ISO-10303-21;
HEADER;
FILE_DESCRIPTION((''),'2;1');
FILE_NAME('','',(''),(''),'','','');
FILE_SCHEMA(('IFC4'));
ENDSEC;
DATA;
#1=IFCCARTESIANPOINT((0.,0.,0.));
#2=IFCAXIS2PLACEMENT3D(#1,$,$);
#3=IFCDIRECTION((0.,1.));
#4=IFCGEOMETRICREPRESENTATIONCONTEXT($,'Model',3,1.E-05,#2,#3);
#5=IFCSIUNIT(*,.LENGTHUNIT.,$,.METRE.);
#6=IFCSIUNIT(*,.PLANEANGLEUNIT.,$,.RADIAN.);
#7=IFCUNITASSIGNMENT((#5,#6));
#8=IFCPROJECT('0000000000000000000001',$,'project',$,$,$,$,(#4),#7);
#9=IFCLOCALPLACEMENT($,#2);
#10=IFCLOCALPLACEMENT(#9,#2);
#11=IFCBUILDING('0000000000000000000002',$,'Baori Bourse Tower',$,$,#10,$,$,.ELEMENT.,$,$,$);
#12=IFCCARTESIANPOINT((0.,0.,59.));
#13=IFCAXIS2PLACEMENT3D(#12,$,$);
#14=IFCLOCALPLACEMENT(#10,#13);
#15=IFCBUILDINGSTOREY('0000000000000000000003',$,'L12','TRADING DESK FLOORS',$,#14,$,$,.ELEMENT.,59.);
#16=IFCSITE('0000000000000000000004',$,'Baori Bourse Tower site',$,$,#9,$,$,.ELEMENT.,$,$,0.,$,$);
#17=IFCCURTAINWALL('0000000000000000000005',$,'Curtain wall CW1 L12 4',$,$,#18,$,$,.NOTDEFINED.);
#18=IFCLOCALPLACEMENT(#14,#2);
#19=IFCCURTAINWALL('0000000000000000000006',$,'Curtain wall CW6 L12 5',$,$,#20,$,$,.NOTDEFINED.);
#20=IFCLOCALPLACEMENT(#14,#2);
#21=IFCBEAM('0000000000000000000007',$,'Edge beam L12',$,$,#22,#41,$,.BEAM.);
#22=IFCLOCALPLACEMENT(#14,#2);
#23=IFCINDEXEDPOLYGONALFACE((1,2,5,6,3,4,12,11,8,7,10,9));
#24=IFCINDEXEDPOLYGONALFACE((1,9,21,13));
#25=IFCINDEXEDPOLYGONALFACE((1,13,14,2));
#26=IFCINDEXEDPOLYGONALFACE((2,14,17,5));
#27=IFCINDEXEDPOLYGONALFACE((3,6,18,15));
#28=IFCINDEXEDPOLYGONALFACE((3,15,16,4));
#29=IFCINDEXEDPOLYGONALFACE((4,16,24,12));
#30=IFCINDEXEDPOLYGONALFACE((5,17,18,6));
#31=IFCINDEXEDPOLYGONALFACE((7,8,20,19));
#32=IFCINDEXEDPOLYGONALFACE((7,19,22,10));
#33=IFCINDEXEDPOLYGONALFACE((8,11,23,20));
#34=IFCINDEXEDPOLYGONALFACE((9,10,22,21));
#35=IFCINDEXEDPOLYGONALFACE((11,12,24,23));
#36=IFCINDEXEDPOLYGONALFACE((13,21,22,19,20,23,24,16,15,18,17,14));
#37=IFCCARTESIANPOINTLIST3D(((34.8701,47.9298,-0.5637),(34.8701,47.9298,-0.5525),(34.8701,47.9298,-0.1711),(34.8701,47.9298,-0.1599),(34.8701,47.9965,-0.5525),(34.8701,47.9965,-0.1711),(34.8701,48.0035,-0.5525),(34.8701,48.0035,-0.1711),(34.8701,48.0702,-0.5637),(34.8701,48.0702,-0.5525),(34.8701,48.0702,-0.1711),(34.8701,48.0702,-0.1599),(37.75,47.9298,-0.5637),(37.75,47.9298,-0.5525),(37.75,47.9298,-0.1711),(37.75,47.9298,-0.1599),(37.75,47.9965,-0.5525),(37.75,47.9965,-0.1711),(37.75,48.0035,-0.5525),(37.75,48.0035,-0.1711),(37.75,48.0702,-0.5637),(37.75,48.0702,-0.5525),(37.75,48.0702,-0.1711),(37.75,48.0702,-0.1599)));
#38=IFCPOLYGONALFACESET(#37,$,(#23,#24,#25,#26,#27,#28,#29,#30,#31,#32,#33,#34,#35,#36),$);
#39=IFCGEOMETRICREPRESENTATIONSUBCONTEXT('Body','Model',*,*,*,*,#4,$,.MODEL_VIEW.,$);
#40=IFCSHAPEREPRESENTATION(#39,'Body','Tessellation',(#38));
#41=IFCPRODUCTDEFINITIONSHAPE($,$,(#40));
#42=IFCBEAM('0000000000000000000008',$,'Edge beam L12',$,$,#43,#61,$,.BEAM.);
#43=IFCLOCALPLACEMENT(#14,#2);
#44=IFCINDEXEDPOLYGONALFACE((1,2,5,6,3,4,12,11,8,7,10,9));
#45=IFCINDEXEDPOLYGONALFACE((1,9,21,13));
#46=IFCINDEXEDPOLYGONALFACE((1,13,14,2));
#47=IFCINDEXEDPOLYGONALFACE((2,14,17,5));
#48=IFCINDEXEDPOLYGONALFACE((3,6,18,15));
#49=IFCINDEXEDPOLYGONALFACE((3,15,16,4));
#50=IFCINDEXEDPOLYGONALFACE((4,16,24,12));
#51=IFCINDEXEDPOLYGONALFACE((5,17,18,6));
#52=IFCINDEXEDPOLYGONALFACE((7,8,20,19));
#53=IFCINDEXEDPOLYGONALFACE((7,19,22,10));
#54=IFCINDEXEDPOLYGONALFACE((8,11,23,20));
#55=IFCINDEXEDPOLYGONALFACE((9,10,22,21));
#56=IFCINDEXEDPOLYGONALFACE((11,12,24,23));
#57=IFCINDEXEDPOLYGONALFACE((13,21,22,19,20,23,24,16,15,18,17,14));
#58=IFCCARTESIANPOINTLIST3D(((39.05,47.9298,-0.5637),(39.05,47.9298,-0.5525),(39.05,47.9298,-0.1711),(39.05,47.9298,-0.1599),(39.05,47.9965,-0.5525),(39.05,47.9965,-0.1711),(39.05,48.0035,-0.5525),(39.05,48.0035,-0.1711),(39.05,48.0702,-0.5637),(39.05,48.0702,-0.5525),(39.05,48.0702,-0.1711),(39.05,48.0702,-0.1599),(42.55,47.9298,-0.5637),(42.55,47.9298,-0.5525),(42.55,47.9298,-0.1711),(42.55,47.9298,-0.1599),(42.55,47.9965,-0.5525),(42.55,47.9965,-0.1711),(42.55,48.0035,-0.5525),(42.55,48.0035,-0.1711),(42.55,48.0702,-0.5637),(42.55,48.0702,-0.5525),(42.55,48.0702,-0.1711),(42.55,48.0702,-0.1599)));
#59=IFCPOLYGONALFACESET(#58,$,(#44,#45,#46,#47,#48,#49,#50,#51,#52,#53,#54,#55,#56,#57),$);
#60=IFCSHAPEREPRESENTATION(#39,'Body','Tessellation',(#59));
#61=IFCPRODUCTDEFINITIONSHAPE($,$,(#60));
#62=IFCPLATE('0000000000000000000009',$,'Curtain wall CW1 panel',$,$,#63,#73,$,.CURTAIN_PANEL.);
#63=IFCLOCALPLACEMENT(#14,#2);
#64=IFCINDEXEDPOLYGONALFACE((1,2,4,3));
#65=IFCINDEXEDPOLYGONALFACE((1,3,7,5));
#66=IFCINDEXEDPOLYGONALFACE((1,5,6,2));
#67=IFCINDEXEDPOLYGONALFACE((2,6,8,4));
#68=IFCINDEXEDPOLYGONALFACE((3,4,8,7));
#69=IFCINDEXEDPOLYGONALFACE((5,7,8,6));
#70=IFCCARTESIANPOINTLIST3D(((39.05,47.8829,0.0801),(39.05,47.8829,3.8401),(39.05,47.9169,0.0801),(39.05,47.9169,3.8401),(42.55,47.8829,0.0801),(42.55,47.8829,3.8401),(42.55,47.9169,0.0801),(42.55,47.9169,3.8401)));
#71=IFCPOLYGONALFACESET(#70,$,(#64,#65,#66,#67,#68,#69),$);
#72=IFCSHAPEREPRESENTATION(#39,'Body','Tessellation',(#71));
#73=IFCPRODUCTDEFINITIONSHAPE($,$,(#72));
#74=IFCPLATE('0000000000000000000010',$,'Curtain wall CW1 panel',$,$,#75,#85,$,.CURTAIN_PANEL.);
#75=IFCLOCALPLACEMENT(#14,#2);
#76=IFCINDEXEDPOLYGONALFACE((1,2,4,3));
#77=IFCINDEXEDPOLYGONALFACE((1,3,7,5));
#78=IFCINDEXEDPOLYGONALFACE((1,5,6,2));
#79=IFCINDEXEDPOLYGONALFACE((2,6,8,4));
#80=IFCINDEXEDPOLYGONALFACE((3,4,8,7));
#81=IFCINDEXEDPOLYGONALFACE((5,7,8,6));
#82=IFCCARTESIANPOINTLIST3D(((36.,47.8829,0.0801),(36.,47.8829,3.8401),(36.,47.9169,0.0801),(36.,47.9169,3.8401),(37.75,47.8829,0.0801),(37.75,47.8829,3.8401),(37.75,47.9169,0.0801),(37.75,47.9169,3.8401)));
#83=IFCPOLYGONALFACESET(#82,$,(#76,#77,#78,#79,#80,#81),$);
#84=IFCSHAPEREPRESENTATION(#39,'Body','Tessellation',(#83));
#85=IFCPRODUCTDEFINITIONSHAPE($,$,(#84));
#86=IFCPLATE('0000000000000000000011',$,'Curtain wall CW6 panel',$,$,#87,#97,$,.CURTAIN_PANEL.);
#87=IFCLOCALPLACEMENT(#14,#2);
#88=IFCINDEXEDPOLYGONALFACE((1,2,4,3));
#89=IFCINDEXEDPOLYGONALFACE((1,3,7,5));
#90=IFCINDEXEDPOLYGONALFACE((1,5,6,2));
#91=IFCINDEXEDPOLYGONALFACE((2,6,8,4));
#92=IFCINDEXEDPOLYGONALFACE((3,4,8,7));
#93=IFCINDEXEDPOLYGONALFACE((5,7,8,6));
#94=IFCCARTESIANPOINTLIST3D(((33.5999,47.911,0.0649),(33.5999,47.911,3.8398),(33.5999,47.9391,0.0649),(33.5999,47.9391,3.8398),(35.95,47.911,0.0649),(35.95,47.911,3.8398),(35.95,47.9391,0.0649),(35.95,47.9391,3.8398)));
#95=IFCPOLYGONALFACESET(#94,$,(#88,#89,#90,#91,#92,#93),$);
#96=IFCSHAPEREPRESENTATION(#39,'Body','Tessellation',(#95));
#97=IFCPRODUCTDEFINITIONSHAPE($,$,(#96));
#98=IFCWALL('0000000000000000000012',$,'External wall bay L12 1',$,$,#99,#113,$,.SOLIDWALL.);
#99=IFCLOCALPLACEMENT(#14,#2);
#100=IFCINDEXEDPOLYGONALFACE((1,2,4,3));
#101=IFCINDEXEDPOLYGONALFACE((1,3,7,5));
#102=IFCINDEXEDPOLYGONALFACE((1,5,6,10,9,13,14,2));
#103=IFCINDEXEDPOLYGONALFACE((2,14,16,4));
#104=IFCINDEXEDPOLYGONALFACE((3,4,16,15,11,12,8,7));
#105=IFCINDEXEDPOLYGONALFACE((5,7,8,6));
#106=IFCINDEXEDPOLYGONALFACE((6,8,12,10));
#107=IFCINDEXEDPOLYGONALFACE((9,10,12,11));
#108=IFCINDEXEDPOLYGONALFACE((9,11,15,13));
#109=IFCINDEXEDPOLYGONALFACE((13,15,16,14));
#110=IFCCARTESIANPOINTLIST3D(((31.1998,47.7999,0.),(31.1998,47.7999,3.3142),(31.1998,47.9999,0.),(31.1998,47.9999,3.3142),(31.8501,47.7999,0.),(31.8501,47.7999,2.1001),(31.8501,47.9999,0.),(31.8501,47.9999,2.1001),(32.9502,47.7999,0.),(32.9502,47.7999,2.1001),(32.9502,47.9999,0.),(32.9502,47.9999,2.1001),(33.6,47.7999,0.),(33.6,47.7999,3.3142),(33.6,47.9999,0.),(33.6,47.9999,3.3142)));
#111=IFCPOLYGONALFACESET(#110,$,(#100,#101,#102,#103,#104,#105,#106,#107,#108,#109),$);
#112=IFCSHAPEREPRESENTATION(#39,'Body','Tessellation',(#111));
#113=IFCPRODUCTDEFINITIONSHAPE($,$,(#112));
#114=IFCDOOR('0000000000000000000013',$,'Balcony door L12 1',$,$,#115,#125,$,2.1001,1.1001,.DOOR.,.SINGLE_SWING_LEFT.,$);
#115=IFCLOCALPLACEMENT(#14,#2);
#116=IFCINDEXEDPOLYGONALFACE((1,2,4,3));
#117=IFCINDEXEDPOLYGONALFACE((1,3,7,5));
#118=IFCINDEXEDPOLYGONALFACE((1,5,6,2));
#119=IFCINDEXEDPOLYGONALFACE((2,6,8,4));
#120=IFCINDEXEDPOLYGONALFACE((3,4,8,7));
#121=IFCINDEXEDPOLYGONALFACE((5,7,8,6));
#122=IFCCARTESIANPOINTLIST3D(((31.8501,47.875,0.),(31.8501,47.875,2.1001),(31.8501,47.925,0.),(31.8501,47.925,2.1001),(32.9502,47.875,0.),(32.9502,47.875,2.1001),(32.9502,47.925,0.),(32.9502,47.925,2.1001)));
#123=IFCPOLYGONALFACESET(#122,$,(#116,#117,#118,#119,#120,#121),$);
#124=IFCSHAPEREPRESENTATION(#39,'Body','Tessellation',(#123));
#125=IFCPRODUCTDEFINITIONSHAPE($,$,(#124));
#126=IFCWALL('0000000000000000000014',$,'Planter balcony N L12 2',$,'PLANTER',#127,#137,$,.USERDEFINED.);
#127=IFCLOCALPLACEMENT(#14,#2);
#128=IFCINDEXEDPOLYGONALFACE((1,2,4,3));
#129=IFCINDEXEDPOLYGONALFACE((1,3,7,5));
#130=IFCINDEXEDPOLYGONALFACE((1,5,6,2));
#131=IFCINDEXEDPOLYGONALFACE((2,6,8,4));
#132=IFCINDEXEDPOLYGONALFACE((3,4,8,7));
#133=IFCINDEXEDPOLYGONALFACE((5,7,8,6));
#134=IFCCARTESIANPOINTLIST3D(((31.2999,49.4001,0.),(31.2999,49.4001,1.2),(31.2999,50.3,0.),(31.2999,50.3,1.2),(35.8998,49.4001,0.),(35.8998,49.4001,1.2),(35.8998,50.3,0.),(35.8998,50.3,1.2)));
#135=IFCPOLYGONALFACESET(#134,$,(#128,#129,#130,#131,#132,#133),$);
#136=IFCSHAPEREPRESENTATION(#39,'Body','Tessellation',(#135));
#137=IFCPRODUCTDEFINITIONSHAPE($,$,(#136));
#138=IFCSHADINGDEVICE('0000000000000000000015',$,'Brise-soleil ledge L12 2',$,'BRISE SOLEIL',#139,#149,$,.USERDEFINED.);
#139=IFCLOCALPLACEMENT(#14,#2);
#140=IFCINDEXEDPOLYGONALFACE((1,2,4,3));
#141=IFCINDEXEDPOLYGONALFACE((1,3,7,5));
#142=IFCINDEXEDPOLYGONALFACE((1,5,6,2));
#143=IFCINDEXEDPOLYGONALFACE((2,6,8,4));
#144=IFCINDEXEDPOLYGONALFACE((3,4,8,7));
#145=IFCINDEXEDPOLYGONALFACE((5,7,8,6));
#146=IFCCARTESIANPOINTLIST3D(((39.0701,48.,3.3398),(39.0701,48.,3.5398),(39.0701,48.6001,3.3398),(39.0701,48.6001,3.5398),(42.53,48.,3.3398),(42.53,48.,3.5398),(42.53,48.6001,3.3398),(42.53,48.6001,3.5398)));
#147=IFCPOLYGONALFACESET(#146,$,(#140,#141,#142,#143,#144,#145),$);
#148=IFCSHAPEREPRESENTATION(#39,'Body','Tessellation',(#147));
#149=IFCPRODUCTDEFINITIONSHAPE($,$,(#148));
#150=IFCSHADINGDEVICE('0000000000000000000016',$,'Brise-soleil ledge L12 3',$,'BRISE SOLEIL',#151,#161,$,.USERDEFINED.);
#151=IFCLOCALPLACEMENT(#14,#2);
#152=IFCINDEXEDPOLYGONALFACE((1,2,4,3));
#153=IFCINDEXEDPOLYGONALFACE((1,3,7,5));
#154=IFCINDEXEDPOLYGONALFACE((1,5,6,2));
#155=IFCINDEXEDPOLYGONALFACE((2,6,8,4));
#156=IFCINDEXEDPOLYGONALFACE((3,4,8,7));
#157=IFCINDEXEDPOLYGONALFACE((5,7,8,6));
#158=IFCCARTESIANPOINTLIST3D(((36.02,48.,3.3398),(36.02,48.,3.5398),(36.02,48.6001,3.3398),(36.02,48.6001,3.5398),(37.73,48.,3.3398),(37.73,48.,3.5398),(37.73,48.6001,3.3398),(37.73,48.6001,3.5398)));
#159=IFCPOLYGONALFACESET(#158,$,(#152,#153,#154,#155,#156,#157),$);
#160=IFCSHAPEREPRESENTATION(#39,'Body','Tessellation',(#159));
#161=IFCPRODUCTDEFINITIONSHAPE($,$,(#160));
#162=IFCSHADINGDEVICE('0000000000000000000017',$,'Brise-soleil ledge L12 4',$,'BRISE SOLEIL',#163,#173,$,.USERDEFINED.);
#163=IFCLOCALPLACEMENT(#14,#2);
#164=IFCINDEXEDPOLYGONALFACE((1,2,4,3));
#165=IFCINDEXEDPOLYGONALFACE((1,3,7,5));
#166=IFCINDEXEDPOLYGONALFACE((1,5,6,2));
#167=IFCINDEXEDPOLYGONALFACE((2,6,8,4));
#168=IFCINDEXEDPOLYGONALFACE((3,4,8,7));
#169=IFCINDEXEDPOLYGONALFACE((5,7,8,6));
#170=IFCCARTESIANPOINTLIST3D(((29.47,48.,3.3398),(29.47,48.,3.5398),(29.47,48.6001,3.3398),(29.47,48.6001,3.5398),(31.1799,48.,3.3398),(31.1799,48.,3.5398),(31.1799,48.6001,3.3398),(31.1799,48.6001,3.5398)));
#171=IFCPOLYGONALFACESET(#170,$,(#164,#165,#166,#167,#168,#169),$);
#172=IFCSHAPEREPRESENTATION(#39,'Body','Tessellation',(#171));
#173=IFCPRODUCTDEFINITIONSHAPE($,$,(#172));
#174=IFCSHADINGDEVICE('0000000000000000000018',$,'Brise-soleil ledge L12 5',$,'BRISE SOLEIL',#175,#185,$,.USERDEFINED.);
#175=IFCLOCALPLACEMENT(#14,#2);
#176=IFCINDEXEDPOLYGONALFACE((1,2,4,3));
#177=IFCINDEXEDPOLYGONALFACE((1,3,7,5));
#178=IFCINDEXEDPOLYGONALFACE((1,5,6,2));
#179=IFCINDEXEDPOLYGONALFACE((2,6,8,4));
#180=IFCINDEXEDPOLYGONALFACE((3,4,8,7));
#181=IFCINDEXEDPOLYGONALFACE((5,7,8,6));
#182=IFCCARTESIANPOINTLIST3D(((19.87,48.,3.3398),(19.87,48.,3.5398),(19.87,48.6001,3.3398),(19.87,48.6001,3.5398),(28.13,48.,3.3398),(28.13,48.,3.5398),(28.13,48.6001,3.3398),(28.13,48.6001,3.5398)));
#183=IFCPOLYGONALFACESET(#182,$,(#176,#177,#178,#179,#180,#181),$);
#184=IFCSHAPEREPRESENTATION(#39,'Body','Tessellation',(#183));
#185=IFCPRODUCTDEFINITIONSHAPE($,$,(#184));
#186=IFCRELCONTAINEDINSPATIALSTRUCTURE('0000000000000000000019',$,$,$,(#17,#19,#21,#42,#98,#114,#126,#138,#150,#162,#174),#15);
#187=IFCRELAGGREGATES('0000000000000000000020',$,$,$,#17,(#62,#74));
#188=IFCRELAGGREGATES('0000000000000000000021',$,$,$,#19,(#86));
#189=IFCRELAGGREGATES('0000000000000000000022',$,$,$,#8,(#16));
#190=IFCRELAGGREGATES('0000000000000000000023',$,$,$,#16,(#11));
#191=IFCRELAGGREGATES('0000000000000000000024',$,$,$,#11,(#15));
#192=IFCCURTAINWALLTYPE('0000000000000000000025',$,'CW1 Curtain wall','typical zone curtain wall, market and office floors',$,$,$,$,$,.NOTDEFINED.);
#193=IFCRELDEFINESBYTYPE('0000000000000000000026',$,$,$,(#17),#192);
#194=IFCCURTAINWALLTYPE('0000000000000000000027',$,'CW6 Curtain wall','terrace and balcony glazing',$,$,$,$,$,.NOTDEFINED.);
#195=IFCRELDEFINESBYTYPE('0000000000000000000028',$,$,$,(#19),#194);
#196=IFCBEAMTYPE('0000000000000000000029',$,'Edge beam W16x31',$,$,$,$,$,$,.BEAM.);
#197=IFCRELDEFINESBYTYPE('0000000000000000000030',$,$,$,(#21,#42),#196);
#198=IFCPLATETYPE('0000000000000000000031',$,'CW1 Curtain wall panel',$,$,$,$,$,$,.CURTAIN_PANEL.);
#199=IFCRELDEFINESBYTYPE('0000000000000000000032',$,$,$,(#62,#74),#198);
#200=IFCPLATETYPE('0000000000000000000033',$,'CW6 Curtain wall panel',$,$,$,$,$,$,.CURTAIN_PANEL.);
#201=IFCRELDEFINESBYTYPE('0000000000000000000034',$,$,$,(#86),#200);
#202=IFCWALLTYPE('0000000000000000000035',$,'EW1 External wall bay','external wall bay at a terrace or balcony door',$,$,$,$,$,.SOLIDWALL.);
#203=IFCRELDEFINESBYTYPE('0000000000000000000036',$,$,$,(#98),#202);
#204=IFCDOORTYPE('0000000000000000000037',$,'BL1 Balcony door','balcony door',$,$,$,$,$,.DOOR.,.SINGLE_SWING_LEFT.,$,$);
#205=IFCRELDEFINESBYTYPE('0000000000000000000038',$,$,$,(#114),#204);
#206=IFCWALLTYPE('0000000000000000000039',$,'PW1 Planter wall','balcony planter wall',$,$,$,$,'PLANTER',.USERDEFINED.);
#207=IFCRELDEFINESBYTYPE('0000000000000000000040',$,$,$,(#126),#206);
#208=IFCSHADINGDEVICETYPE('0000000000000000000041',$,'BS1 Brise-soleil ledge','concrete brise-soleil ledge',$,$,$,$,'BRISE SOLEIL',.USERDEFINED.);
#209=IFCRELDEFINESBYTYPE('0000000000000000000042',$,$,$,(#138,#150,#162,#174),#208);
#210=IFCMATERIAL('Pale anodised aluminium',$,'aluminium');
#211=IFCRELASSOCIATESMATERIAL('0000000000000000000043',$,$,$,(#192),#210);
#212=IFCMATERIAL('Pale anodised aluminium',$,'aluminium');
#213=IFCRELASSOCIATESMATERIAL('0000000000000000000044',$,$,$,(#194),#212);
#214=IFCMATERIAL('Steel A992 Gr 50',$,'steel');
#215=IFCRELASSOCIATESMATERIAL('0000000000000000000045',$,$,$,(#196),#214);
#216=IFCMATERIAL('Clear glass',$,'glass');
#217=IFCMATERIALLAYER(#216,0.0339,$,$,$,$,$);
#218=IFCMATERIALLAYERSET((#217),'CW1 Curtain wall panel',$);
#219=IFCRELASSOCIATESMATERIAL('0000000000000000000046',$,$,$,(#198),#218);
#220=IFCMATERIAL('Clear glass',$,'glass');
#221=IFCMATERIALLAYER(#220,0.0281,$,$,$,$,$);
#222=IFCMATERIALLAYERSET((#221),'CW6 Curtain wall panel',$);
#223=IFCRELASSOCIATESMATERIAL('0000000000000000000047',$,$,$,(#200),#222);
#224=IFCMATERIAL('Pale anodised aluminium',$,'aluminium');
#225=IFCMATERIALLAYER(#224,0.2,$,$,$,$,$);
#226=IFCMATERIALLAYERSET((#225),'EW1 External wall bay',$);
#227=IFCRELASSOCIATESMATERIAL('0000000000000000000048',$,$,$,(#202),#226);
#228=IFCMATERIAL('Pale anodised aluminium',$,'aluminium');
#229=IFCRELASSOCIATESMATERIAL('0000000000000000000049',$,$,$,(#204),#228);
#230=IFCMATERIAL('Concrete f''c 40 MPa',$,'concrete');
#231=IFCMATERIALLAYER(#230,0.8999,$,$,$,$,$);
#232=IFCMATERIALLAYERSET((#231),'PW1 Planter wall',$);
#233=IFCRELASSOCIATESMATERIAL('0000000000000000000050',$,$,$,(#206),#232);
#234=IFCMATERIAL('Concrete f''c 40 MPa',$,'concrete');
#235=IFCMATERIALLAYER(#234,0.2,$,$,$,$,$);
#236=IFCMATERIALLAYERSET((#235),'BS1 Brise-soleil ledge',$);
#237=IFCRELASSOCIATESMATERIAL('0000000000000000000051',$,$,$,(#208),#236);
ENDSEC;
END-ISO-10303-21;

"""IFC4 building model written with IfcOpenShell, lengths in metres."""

from ifc_helpers import new_model, si_unit, direction, frame, frame_2d, origin, origin_2d, place, context, subcontext, project, spatial, rectangle, i_section, extrude, material, layer, layer_set, material_profile, profile_set, type_object, element, fill, aggregate, save


model = new_model("IFC4")

# Units and contexts
model_context = context("Model", 3, precision=1e-05, world=origin(), true_north=direction((0.0, 1.0)))
body_context = subcontext(model_context, "Body", "Model", "MODEL_VIEW")
ifc_project = project(units=[si_unit("LENGTHUNIT", "METRE"), si_unit("PLANEANGLEUNIT", "RADIAN")], contexts=[model_context])

# Site, building, storey
site_placement = place(None, origin())
site = spatial("IfcSite", under=ifc_project, at=site_placement, Name="Baori Bourse Tower site", CompositionType="ELEMENT", RefElevation=0.0)
building_placement = place(site_placement, origin())
building = spatial("IfcBuilding", under=site, at=building_placement, Name="Baori Bourse Tower", CompositionType="ELEMENT")
storey_placement = place(building_placement, frame((0.0, 0.0, 59.0)))
storey = spatial("IfcBuildingStorey", under=building, at=storey_placement, Name="L12", Description="TRADING DESK FLOORS", CompositionType="ELEMENT", Elevation=59.0)

# Curtain wall
ifc_material_1 = material(Name="Pale anodised aluminium", Category="aluminium")
curtain_wall_type_1 = type_object("IfcCurtainWallType", Name="CW1 Curtain wall", Description="typical zone curtain wall, market and office floors", PredefinedType="NOTDEFINED", material=ifc_material_1)
curtain_wall_1_placement = place(storey_placement, origin())
curtain_wall_1 = element("IfcCurtainWall", 1, at=curtain_wall_1_placement, inside=storey, type_object=curtain_wall_type_1, Name="Curtain wall CW1 L12 4", PredefinedType="NOTDEFINED")

# Curtain wall
ifc_material_2 = material(Name="Pale anodised aluminium", Category="aluminium")
curtain_wall_type_2 = type_object("IfcCurtainWallType", Name="CW6 Curtain wall", Description="terrace and balcony glazing", PredefinedType="NOTDEFINED", material=ifc_material_2)
curtain_wall_2_placement = place(storey_placement, origin())
curtain_wall_2 = element("IfcCurtainWall", 2, at=curtain_wall_2_placement, inside=storey, type_object=curtain_wall_type_2, Name="Curtain wall CW6 L12 5", PredefinedType="NOTDEFINED")

# Beams
ifc_material_3 = material(Name="Steel A992 Gr 50", Category="steel")
ifc_material_profile_1 = material_profile(ifc_material_3, i_section(OverallWidth=0.1404, OverallDepth=0.4038, WebThickness=0.0071, FlangeThickness=0.0112, at=origin_2d()), Name="W16x31")
ifc_profile_set_1 = profile_set([ifc_material_profile_1], Name="Steel A992 Gr 50")
beam_type_1 = type_object("IfcBeamType", Name="Edge beam W16x31", PredefinedType="BEAM", material=ifc_profile_set_1)
beam_1_placement = place(storey_placement, frame((34.8701, 48.0, -0.3618), z_axis=(1.0, 0.0, 0.0), x_axis=(0.0, 1.0, 0.0)))
element("IfcBeam", 3, at=beam_1_placement, inside=storey, type_object=beam_type_1, Name="Edge beam L12", PredefinedType="BEAM", context=body_context, shape_type="SweptSolid", body=[
    extrude(i_section(OverallWidth=0.1404, OverallDepth=0.4038, WebThickness=0.0071, FlangeThickness=0.0112, at=origin_2d()), origin(), (0.0, 0.0, 1.0), 2.8799),
])
beam_2_placement = place(storey_placement, frame((39.05, 48.0, -0.3618), z_axis=(1.0, 0.0, 0.0), x_axis=(0.0, 1.0, 0.0)))
element("IfcBeam", 4, at=beam_2_placement, inside=storey, type_object=beam_type_1, Name="Edge beam L12", PredefinedType="BEAM", context=body_context, shape_type="SweptSolid", body=[
    extrude(i_section(OverallWidth=0.1404, OverallDepth=0.4038, WebThickness=0.0071, FlangeThickness=0.0112, at=origin_2d()), origin(), (0.0, 0.0, 1.0), 3.5),
])

# Plates
ifc_material_4 = material(Name="Clear glass", Category="glass")
ifc_layer_1 = layer(ifc_material_4, 0.0339)
ifc_layer_set_1 = layer_set([ifc_layer_1], Name="CW1 Curtain wall panel")
plate_type_1 = type_object("IfcPlateType", Name="CW1 Curtain wall panel", PredefinedType="CURTAIN_PANEL", material=ifc_layer_set_1)
plate_1_placement = place(storey_placement, frame((40.8, 47.8999, 0.0801), z_axis=(0.0, 0.0, 1.0), x_axis=(-1.0, 0.0, 0.0)))
plate_1 = element("IfcPlate", 5, at=plate_1_placement, type_object=plate_type_1, Name="Curtain wall CW1 panel", PredefinedType="CURTAIN_PANEL", context=body_context, shape_type="SweptSolid", body=[
    extrude(rectangle(XDim=3.5, YDim=0.0339, at=origin_2d()), origin(), (0.0, 0.0, 1.0), 3.76),
])
plate_2_placement = place(storey_placement, frame((36.875, 47.8999, 0.0801), z_axis=(0.0, 0.0, 1.0), x_axis=(-1.0, 0.0, 0.0)))
plate_2 = element("IfcPlate", 6, at=plate_2_placement, type_object=plate_type_1, Name="Curtain wall CW1 panel", PredefinedType="CURTAIN_PANEL", context=body_context, shape_type="SweptSolid", body=[
    extrude(rectangle(XDim=1.75, YDim=0.0339, at=origin_2d()), origin(), (0.0, 0.0, 1.0), 3.76),
])
aggregate(curtain_wall_1, [plate_1, plate_2])
ifc_material_5 = material(Name="Clear glass", Category="glass")
ifc_layer_2 = layer(ifc_material_5, 0.0281)
ifc_layer_set_2 = layer_set([ifc_layer_2], Name="CW6 Curtain wall panel")
plate_type_2 = type_object("IfcPlateType", Name="CW6 Curtain wall panel", PredefinedType="CURTAIN_PANEL", material=ifc_layer_set_2)
plate_3_placement = place(storey_placement, frame((34.7749, 47.925, 0.0649), z_axis=(0.0, 0.0, 1.0), x_axis=(-1.0, 0.0, 0.0)))
plate_3 = element("IfcPlate", 7, at=plate_3_placement, type_object=plate_type_2, Name="Curtain wall CW6 panel", PredefinedType="CURTAIN_PANEL", context=body_context, shape_type="SweptSolid", body=[
    extrude(rectangle(XDim=2.3501, YDim=0.0281, at=origin_2d()), origin(), (0.0, 0.0, 1.0), 3.7749),
])
aggregate(curtain_wall_2, [plate_3])

# Wall, opening, door
ifc_material_6 = material(Name="Pale anodised aluminium", Category="aluminium")
ifc_layer_3 = layer(ifc_material_6, 0.2)
ifc_layer_set_3 = layer_set([ifc_layer_3], Name="EW1 External wall bay")
wall_type_1 = type_object("IfcWallType", Name="EW1 External wall bay", Description="external wall bay at a terrace or balcony door", PredefinedType="SOLIDWALL", material=ifc_layer_set_3)
wall_1_placement = place(storey_placement, frame((33.6001, 47.8999, 0.0), z_axis=(0.0, 0.0, 1.0), x_axis=(-1.0, 0.0, 0.0)))
wall_1 = element("IfcWall", 8, at=wall_1_placement, inside=storey, type_object=wall_type_1, Name="External wall bay L12 1", PredefinedType="SOLIDWALL", context=body_context, shape_type="SweptSolid", body=[
    extrude(rectangle(XDim=2.4001, YDim=0.2, at=frame_2d((1.2002, 0.0))), origin(), (0.0, 0.0, 1.0), 3.3142),
])
opening_placement = place(wall_1_placement, frame((0.6499, 0.0, 0.0)))
opening = element("IfcOpeningElement", 9, at=opening_placement, cuts=wall_1, PredefinedType="OPENING", context=body_context, shape_type="SweptSolid", body=[
    extrude(rectangle(XDim=1.1001, YDim=2.1001, at=frame_2d((0.55, 1.05))), frame((0.0, 0.1099, 0.0), z_axis=(0.0, -1.0, 0.0), x_axis=(1.0, 0.0, 0.0)), (0.0, 0.0, 1.0), 0.22),
])
ifc_material_7 = material(Name="Pale anodised aluminium", Category="aluminium")
door_type = type_object("IfcDoorType", Name="BL1 Balcony door", Description="balcony door", OperationType="SINGLE_SWING_LEFT", PredefinedType="DOOR", material=ifc_material_7)
door_placement = place(opening_placement, origin())
door = element("IfcDoor", 10, at=door_placement, inside=storey, type_object=door_type, Name="Balcony door L12 1", OperationType="SINGLE_SWING_LEFT", OverallHeight=2.1001, OverallWidth=1.1001, PredefinedType="DOOR", context=body_context, shape_type="SweptSolid", body=[
    extrude(rectangle(XDim=1.1001, YDim=2.1001, at=frame_2d((0.55, 1.05))), frame((0.0, 0.0249, 0.0), z_axis=(0.0, -1.0, 0.0), x_axis=(1.0, 0.0, 0.0)), (0.0, 0.0, 1.0), 0.05),
])
fill(opening, door)

# Wall
ifc_material_8 = material(Name="Concrete f'c 40 MPa", Category="concrete")
ifc_layer_4 = layer(ifc_material_8, 0.8999)
ifc_layer_set_4 = layer_set([ifc_layer_4], Name="PW1 Planter wall")
wall_type_2 = type_object("IfcWallType", Name="PW1 Planter wall", Description="balcony planter wall", ElementType="PLANTER", PredefinedType="USERDEFINED", material=ifc_layer_set_4)
wall_2_placement = place(storey_placement, frame((31.3, 49.8501, 0.0), z_axis=(0.0, 0.0, 1.0), x_axis=(1.0, 0.0, 0.0)))
element("IfcWall", 11, at=wall_2_placement, inside=storey, type_object=wall_type_2, Name="Planter balcony N L12 2", ObjectType="PLANTER", PredefinedType="USERDEFINED", context=body_context, shape_type="SweptSolid", body=[
    extrude(rectangle(XDim=4.5999, YDim=0.8999, at=frame_2d((2.2998, 0.0))), origin(), (0.0, 0.0, 1.0), 1.2),
])

# Shading devices
ifc_material_9 = material(Name="Concrete f'c 40 MPa", Category="concrete")
ifc_layer_5 = layer(ifc_material_9, 0.2)
ifc_layer_set_5 = layer_set([ifc_layer_5], Name="BS1 Brise-soleil ledge")
shading_device_type = type_object("IfcShadingDeviceType", Name="BS1 Brise-soleil ledge", Description="concrete brise-soleil ledge", ElementType="BRISE SOLEIL", PredefinedType="USERDEFINED", material=ifc_layer_set_5)
shading_device_1_placement = place(storey_placement, frame((40.8, 48.3, 3.3398), z_axis=(0.0, 0.0, 1.0), x_axis=(-1.0, 0.0, 0.0)))
element("IfcShadingDevice", 12, at=shading_device_1_placement, inside=storey, type_object=shading_device_type, Name="Brise-soleil ledge L12 2", ObjectType="BRISE SOLEIL", PredefinedType="USERDEFINED", context=body_context, shape_type="SweptSolid", body=[
    extrude(rectangle(XDim=3.46, YDim=0.6001, at=origin_2d()), origin(), (0.0, 0.0, 1.0), 0.2),
])
for number, where, z_axis, x_axis, name in (
    (13, (36.875, 48.3, 3.3398), (0.0, 0.0, 1.0), (-1.0, 0.0, 0.0), "Brise-soleil ledge L12 3"),
    (14, (30.325, 48.3, 3.3398), (0.0, 0.0, 1.0), (-1.0, 0.0, 0.0), "Brise-soleil ledge L12 4"),
):
    element("IfcShadingDevice", number, at=place(storey_placement, frame(where, z_axis=z_axis, x_axis=x_axis)), inside=storey, type_object=shading_device_type, Name=name, ObjectType="BRISE SOLEIL", PredefinedType="USERDEFINED", context=body_context, shape_type="SweptSolid", body=[
        extrude(rectangle(XDim=1.71, YDim=0.6001, at=origin_2d()), origin(), (0.0, 0.0, 1.0), 0.2),
    ])
shading_device_2_placement = place(storey_placement, frame((24.0, 48.3, 3.3398), z_axis=(0.0, 0.0, 1.0), x_axis=(-1.0, 0.0, 0.0)))
element("IfcShadingDevice", 15, at=shading_device_2_placement, inside=storey, type_object=shading_device_type, Name="Brise-soleil ledge L12 5", ObjectType="BRISE SOLEIL", PredefinedType="USERDEFINED", context=body_context, shape_type="SweptSolid", body=[
    extrude(rectangle(XDim=8.26, YDim=0.6001, at=origin_2d()), origin(), (0.0, 0.0, 1.0), 0.2),
])

save(model, "model.ifc")
